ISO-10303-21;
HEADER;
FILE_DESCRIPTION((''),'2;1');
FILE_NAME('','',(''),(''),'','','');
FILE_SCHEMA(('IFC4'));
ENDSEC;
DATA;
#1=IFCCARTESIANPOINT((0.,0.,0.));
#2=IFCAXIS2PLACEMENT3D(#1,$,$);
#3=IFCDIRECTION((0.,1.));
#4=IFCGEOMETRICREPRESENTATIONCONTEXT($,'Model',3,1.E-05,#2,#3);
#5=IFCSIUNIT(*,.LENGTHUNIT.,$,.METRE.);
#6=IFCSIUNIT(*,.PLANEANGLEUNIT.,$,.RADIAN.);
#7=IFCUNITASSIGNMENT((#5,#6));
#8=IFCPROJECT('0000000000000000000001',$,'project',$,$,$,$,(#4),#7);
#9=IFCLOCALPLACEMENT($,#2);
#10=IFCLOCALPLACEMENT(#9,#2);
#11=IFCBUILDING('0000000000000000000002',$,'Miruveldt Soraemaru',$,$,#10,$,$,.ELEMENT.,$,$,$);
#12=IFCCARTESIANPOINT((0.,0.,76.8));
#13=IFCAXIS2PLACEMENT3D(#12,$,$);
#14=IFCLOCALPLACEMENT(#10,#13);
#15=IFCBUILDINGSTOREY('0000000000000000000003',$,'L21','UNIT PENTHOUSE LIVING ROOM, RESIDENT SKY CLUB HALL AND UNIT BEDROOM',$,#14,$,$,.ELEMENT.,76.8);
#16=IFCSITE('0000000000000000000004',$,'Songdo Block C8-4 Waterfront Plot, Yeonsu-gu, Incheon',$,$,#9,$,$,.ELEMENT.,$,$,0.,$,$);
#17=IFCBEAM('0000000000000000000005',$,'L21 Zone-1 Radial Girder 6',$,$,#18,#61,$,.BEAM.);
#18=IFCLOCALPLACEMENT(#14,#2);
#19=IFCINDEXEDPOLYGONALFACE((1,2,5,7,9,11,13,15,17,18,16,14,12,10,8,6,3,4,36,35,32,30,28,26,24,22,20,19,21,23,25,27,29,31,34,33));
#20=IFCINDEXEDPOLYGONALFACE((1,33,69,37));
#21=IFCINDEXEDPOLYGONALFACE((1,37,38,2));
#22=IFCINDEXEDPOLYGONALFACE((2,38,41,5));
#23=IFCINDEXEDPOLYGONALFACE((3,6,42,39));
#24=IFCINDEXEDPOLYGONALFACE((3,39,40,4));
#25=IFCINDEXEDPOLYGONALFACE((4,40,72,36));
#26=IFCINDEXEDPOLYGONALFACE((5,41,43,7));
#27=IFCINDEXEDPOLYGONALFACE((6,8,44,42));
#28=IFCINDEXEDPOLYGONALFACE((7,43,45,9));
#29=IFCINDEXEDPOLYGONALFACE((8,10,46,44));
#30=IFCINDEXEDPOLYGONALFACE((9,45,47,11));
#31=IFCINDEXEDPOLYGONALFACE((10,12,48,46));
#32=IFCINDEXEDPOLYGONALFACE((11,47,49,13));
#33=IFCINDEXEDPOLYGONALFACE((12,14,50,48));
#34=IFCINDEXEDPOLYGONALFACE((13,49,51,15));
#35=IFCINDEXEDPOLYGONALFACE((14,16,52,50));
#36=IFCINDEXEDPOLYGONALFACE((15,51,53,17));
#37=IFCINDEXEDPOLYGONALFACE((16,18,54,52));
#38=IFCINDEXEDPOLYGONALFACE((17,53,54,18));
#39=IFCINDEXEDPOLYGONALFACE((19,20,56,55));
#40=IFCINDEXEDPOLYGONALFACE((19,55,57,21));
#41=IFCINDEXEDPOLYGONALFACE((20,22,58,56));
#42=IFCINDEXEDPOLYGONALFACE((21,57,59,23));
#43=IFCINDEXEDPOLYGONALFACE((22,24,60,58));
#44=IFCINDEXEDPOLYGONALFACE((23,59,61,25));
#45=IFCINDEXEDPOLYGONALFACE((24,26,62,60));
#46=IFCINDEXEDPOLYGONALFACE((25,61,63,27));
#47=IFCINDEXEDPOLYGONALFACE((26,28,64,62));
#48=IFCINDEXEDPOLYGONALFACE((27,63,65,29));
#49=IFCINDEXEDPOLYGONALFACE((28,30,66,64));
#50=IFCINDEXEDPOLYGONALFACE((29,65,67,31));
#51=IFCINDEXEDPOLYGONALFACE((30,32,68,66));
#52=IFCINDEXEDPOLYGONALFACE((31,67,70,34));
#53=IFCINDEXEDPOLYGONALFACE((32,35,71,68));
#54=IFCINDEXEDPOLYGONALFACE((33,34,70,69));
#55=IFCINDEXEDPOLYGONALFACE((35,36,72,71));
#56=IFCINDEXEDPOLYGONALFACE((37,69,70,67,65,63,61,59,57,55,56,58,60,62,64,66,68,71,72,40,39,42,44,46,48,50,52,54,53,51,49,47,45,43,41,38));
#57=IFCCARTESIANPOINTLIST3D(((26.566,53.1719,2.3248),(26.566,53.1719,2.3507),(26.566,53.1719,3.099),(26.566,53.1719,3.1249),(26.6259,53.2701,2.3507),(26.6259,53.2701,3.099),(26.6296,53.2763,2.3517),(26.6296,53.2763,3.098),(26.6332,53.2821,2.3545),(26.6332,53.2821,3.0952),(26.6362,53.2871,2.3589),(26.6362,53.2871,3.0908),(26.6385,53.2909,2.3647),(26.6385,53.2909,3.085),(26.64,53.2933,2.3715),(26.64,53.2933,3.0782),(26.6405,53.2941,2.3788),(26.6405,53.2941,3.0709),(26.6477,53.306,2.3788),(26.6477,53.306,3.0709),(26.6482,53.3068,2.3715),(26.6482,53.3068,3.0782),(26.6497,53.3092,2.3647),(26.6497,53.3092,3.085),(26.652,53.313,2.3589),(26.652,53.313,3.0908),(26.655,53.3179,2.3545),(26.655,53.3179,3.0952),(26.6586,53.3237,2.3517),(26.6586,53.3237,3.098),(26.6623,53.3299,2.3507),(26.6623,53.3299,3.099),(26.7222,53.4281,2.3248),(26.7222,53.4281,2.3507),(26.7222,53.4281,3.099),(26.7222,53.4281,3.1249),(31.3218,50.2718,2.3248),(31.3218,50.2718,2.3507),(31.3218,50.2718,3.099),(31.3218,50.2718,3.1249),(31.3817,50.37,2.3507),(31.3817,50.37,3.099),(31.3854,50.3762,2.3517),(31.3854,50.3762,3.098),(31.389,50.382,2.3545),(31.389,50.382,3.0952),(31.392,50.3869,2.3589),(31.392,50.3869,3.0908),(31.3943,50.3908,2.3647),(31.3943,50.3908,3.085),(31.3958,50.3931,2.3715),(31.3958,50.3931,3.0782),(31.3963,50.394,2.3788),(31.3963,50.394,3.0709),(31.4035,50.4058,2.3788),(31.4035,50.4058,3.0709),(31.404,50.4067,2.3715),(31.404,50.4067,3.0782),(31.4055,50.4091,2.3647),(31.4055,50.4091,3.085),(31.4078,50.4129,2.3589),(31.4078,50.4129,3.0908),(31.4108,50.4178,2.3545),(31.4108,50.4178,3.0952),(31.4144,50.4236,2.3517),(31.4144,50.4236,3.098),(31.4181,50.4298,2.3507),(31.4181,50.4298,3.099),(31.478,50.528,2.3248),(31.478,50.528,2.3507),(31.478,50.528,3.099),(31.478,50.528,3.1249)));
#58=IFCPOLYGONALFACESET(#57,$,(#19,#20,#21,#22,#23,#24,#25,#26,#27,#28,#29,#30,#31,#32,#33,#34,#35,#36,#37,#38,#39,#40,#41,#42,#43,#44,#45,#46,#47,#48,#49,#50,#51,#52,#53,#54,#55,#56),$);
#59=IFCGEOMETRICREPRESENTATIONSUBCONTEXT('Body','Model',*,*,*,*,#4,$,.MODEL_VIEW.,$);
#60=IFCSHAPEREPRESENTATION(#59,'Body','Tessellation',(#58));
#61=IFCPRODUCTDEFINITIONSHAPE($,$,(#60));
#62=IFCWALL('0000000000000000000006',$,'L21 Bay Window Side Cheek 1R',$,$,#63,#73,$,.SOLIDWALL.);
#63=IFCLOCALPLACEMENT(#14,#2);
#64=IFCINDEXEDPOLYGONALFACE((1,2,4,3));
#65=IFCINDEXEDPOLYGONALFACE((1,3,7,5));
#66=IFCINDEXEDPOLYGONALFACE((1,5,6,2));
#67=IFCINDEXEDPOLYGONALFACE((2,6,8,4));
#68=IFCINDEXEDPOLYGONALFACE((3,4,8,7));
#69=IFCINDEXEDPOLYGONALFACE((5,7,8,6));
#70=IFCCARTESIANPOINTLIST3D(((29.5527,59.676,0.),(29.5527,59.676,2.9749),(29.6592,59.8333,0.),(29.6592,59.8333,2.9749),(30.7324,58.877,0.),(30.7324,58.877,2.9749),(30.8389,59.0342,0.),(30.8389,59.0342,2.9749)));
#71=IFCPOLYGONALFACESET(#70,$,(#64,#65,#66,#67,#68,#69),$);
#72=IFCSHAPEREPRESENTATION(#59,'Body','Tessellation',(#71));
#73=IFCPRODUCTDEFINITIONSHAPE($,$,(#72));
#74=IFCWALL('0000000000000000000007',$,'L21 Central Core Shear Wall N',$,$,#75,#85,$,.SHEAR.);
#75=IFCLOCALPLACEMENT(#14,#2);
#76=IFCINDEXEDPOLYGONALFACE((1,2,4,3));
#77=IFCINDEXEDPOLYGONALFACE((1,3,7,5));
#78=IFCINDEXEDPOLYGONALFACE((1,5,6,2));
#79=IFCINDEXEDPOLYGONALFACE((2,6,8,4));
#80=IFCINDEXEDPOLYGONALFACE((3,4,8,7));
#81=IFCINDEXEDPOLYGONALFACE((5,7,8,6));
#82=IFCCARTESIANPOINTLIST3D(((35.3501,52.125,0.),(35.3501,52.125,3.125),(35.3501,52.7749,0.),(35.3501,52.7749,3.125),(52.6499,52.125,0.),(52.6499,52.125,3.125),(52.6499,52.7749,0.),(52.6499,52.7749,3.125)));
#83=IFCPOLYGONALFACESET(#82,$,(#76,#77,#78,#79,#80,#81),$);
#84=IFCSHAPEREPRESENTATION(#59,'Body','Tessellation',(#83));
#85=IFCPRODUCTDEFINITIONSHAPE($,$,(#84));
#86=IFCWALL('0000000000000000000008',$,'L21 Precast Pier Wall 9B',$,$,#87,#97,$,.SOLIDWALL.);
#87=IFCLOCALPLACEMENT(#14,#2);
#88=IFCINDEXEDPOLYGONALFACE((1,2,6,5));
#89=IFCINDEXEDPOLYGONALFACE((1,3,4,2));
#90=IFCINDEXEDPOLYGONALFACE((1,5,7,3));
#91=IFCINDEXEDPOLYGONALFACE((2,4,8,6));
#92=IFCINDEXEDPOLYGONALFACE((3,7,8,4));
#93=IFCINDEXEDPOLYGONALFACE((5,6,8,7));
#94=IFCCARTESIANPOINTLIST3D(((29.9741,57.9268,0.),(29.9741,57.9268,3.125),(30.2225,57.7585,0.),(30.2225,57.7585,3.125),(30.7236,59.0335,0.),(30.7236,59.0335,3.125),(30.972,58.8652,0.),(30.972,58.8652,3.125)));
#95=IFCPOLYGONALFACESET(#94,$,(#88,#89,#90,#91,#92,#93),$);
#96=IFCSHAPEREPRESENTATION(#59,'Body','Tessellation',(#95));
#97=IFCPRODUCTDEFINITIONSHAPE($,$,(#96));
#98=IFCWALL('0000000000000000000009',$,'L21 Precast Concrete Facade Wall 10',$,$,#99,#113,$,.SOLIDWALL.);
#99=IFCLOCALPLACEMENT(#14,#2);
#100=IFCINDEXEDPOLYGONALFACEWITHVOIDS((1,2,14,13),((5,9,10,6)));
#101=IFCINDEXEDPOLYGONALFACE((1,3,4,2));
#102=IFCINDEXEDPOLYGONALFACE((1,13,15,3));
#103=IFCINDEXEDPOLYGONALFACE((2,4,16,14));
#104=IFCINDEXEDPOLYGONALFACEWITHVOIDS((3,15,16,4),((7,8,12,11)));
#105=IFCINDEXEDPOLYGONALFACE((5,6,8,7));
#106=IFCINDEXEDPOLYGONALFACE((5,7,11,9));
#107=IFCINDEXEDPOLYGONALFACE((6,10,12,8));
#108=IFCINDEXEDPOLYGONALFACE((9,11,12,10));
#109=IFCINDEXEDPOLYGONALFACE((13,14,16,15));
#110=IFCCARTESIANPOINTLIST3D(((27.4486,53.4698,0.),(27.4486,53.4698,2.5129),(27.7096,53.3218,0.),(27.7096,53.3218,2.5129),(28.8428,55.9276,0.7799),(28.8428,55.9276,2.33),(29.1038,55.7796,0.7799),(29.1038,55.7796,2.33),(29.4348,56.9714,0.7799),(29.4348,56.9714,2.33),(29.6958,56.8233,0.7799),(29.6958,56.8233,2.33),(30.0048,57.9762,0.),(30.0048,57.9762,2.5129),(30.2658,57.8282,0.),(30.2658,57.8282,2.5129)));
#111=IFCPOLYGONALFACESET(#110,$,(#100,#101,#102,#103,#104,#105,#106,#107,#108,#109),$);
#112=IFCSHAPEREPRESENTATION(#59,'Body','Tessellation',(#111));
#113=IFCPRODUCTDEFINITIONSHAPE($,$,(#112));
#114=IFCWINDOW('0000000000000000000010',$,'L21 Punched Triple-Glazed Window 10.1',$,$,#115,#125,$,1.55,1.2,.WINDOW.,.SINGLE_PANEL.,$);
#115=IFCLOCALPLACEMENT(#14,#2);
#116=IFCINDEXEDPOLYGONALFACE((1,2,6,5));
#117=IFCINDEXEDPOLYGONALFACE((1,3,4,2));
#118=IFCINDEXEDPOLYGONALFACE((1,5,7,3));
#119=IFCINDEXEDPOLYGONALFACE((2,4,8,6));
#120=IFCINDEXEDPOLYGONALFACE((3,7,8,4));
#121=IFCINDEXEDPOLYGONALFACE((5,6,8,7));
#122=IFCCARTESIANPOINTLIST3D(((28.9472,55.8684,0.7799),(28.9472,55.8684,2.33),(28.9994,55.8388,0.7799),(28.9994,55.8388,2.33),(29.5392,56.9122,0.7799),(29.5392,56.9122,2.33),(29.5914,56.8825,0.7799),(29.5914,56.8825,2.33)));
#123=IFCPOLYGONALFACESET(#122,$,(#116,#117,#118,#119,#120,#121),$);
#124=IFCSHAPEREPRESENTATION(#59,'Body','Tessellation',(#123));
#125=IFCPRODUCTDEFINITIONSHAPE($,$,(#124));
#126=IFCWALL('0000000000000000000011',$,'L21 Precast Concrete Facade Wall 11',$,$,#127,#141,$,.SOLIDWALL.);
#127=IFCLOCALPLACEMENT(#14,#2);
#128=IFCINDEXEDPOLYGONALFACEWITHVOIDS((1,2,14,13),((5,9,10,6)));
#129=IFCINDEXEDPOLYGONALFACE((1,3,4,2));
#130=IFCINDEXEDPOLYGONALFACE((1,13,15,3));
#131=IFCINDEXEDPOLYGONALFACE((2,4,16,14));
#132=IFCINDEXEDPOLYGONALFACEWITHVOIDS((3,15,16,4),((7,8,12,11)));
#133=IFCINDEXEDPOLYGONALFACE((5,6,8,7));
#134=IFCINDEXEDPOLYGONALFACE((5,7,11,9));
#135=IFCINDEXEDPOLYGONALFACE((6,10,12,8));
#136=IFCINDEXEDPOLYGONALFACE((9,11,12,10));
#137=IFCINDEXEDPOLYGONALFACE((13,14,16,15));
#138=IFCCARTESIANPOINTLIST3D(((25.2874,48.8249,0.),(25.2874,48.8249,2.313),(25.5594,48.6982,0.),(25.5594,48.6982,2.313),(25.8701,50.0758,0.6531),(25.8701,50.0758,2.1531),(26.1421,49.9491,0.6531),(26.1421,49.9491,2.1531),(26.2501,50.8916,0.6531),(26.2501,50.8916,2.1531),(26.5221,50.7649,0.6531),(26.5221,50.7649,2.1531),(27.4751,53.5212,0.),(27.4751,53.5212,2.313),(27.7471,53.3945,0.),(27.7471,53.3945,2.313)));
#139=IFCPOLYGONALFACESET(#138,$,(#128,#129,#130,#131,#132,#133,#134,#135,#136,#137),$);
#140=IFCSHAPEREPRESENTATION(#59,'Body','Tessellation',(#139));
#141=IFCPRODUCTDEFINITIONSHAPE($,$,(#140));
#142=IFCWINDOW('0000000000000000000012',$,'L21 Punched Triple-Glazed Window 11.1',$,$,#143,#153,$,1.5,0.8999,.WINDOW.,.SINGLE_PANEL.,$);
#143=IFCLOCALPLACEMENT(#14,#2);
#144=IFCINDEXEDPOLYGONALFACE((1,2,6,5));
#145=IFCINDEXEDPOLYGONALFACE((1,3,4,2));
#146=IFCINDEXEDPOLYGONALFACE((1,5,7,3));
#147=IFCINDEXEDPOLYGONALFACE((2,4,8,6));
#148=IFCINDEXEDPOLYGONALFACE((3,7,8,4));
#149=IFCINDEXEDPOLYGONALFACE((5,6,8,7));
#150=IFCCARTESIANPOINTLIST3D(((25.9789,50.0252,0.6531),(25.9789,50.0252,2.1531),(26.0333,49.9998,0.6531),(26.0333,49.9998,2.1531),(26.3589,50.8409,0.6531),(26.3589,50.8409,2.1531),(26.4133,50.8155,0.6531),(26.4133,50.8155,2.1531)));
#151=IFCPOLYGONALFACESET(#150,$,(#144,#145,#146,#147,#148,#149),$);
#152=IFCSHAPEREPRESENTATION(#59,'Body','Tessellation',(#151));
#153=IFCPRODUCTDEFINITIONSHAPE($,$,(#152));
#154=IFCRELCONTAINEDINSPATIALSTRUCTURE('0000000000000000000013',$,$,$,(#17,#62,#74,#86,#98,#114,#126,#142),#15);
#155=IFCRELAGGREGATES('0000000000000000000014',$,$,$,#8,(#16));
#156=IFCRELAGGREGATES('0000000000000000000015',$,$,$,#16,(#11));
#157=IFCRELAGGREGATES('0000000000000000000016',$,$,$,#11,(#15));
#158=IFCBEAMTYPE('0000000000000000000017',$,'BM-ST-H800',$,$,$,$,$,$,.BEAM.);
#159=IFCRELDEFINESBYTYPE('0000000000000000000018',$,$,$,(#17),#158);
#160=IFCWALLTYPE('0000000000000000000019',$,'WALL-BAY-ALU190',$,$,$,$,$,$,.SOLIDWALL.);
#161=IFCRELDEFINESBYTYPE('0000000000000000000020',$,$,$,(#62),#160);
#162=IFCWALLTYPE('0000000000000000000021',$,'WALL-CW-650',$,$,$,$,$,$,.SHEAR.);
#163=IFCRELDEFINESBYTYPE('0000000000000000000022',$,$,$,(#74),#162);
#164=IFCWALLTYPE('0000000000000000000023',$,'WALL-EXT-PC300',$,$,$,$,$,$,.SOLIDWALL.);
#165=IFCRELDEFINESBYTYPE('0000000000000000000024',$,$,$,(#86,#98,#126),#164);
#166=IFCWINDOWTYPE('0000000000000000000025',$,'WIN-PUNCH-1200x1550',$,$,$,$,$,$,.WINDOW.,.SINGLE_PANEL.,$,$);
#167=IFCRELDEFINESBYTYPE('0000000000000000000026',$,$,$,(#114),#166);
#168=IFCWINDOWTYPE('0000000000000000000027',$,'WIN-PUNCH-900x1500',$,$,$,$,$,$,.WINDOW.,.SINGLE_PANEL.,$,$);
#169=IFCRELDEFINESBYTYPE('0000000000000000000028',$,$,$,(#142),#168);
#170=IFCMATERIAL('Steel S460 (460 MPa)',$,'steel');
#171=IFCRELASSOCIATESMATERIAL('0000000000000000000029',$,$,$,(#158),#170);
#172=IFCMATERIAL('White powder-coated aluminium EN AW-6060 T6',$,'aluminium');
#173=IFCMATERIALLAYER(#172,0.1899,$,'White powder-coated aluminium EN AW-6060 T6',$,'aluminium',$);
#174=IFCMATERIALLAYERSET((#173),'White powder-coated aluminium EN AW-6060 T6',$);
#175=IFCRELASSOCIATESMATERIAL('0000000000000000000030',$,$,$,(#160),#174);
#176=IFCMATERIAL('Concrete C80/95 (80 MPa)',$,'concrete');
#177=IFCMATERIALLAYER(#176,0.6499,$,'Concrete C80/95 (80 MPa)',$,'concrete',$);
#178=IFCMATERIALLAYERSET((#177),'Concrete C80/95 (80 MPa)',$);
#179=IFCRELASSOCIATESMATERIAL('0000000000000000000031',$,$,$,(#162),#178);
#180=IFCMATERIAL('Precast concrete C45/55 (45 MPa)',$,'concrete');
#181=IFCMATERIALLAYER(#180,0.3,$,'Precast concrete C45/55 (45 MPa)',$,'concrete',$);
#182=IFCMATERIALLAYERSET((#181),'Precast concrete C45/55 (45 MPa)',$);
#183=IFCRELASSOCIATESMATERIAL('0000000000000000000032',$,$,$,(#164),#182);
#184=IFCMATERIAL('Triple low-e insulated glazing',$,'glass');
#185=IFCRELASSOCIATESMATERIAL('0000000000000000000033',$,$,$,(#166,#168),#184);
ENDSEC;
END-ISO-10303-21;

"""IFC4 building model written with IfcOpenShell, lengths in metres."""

from ifc_helpers import new_model, si_unit, direction, frame, frame_2d, origin, origin_2d, place, context, subcontext, project, spatial, rectangle, i_section, extrude, material, layer, layer_set, material_profile, profile_set, type_object, element, fill, save


model = new_model("IFC4")

# Units and contexts
model_context = context("Model", 3, precision=1e-05, world=origin(), true_north=direction((0.0, 1.0)))
body_context = subcontext(model_context, "Body", "Model", "MODEL_VIEW")
ifc_project = project(units=[si_unit("LENGTHUNIT", "METRE"), si_unit("PLANEANGLEUNIT", "RADIAN")], contexts=[model_context])

# Site, building, storey
site_placement = place(None, origin())
site = spatial("IfcSite", under=ifc_project, at=site_placement, Name="Songdo Block C8-4 Waterfront Plot, Yeonsu-gu, Incheon", CompositionType="ELEMENT", RefElevation=0.0)
building_placement = place(site_placement, origin())
building = spatial("IfcBuilding", under=site, at=building_placement, Name="Miruveldt Soraemaru", CompositionType="ELEMENT")
storey_placement = place(building_placement, frame((0.0, 0.0, 76.8)))
storey = spatial("IfcBuildingStorey", under=building, at=storey_placement, Name="L21", Description="UNIT PENTHOUSE LIVING ROOM, RESIDENT SKY CLUB HALL AND UNIT BEDROOM", CompositionType="ELEMENT", Elevation=76.8)

# Beam
ifc_material_1 = material(Name="Steel S460 (460 MPa)", Category="steel")
ifc_material_profile_1 = material_profile(ifc_material_1, i_section(OverallWidth=0.3, OverallDepth=0.8, WebThickness=0.0139, FlangeThickness=0.0259, FilletRadius=0.0281, at=origin_2d()), Name="Steel S460 (460 MPa)", Category="steel")
ifc_profile_set_1 = profile_set([ifc_material_profile_1], Name="Steel S460 (460 MPa)")
beam_type_1 = type_object("IfcBeamType", Name="BM-ST-H800", PredefinedType="BEAM", material=ifc_profile_set_1)
beam_1_placement = place(storey_placement, frame((31.3999, 50.3999, 2.7249), z_axis=(-0.853778, 0.520638, 0.0), x_axis=(-0.520638, -0.853778, 0.0)))
element("IfcBeam", 1, at=beam_1_placement, inside=storey, type_object=beam_type_1, Name="L21 Zone-1 Radial Girder 6", PredefinedType="BEAM", context=body_context, shape_type="SweptSolid", body=[
    extrude(i_section(OverallWidth=0.3, OverallDepth=0.8, WebThickness=0.0139, FlangeThickness=0.0259, FilletRadius=0.0281, at=origin_2d()), origin(), (0.0, 0.0, 1.0), 5.5703),
])

# Walls
ifc_material_2 = material(Name="White powder-coated aluminium EN AW-6060 T6", Category="aluminium")
ifc_layer_1 = layer(ifc_material_2, 0.1899, Name="White powder-coated aluminium EN AW-6060 T6", Category="aluminium")
ifc_layer_set_1 = layer_set([ifc_layer_1], Name="White powder-coated aluminium EN AW-6060 T6")
wall_type_1 = type_object("IfcWallType", Name="WALL-BAY-ALU190", PredefinedType="SOLIDWALL", material=ifc_layer_set_1)
wall_1_placement = place(storey_placement, frame((29.606, 59.7546, 0.0), z_axis=(0.0, 0.0, 1.0), x_axis=(0.827942, -0.560814, 0.0)))
element("IfcWall", 2, at=wall_1_placement, inside=storey, type_object=wall_type_1, Name="L21 Bay Window Side Cheek 1R", PredefinedType="SOLIDWALL", context=body_context, shape_type="SweptSolid", body=[
    extrude(rectangle(XDim=1.4248, YDim=0.1899, at=frame_2d((0.7124, 0.0))), origin(), (0.0, 0.0, 1.0), 2.9749),
])
ifc_material_3 = material(Name="Concrete C80/95 (80 MPa)", Category="concrete")
ifc_layer_2 = layer(ifc_material_3, 0.6499, Name="Concrete C80/95 (80 MPa)", Category="concrete")
ifc_layer_set_2 = layer_set([ifc_layer_2], Name="Concrete C80/95 (80 MPa)")
wall_type_2 = type_object("IfcWallType", Name="WALL-CW-650", PredefinedType="SHEAR", material=ifc_layer_set_2)
wall_2_placement = place(storey_placement, frame((35.3501, 52.45, 0.0), z_axis=(0.0, 0.0, 1.0), x_axis=(1.0, 0.0, 0.0)))
element("IfcWall", 3, at=wall_2_placement, inside=storey, type_object=wall_type_2, Name="L21 Central Core Shear Wall N", PredefinedType="SHEAR", context=body_context, shape_type="SweptSolid", body=[
    extrude(rectangle(XDim=17.2998, YDim=0.6499, at=frame_2d((8.6499, 0.0))), origin(), (0.0, 0.0, 1.0), 3.125),
])
ifc_material_4 = material(Name="Precast concrete C45/55 (45 MPa)", Category="concrete")
ifc_layer_3 = layer(ifc_material_4, 0.3, Name="Precast concrete C45/55 (45 MPa)", Category="concrete")
ifc_layer_set_3 = layer_set([ifc_layer_3], Name="Precast concrete C45/55 (45 MPa)")
wall_type_3 = type_object("IfcWallType", Name="WALL-EXT-PC300", PredefinedType="SOLIDWALL", material=ifc_layer_set_3)
wall_3_placement = place(storey_placement, frame((30.8479, 58.9495, 0.0), z_axis=(0.0, 0.0, 1.0), x_axis=(-0.560755, -0.827982, 0.0)))
element("IfcWall", 4, at=wall_3_placement, inside=storey, type_object=wall_type_3, Name="L21 Precast Pier Wall 9B", PredefinedType="SOLIDWALL", context=body_context, shape_type="SweptSolid", body=[
    extrude(rectangle(XDim=1.3367, YDim=0.3, at=frame_2d((0.6685, 0.0))), origin(), (0.0, 0.0, 1.0), 3.125),
])

# Walls, openings, windows
wall_4_placement = place(storey_placement, frame((30.1353, 57.9021, 0.0), z_axis=(0.0, 0.0, 1.0), x_axis=(-0.493386, -0.869811, 0.0)))
wall_4 = element("IfcWall", 5, at=wall_4_placement, inside=storey, type_object=wall_type_3, Name="L21 Precast Concrete Facade Wall 10", PredefinedType="SOLIDWALL", context=body_context, shape_type="SweptSolid", body=[
    extrude(rectangle(XDim=5.1809, YDim=0.3, at=frame_2d((2.5903, 0.0))), origin(), (0.0, 0.0, 1.0), 2.5129),
])
opening_1_placement = place(wall_4_placement, frame((1.155, 0.0, 0.78)))
opening_1 = element("IfcOpeningElement", 6, at=opening_1_placement, cuts=wall_4, PredefinedType="OPENING", context=body_context, shape_type="SweptSolid", body=[
    extrude(rectangle(XDim=1.2, YDim=1.55, at=frame_2d((0.6001, 0.7749))), frame((0.0, 0.1602, 0.0), z_axis=(0.0, -1.0, 0.0), x_axis=(1.0, 0.0, 0.0)), (0.0, 0.0, 1.0), 0.3201),
])
ifc_material_5 = material(Name="Triple low-e insulated glazing", Category="glass")
window_type_1 = type_object("IfcWindowType", Name="WIN-PUNCH-1200x1550", PartitioningType="SINGLE_PANEL", PredefinedType="WINDOW", material=ifc_material_5)
window_1_placement = place(opening_1_placement, origin())
window_1 = element("IfcWindow", 7, at=window_1_placement, inside=storey, type_object=window_type_1, Name="L21 Punched Triple-Glazed Window 10.1", OverallHeight=1.55, OverallWidth=1.2, PartitioningType="SINGLE_PANEL", PredefinedType="WINDOW", context=body_context, shape_type="SweptSolid", body=[
    extrude(rectangle(XDim=1.2, YDim=1.55, at=frame_2d((0.6001, 0.7749))), frame((0.0, 0.03, 0.0), z_axis=(0.0, -1.0, 0.0), x_axis=(1.0, 0.0, 0.0)), (0.0, 0.0, 1.0), 0.0601),
])
fill(opening_1, window_1)
wall_5_placement = place(storey_placement, frame((27.6111, 53.4578, 0.0), z_axis=(0.0, 0.0, 1.0), x_axis=(-0.422274, -0.906468, 0.0)))
wall_5 = element("IfcWall", 8, at=wall_5_placement, inside=storey, type_object=wall_type_3, Name="L21 Precast Concrete Facade Wall 11", PredefinedType="SOLIDWALL", context=body_context, shape_type="SweptSolid", body=[
    extrude(rectangle(XDim=5.1809, YDim=0.3, at=frame_2d((2.5903, 0.0))), origin(), (0.0, 0.0, 1.0), 2.313),
])
opening_2_placement = place(wall_5_placement, frame((2.9009, 0.0, 0.6531)))
opening_2 = element("IfcOpeningElement", 9, at=opening_2_placement, cuts=wall_5, PredefinedType="OPENING", context=body_context, shape_type="SweptSolid", body=[
    extrude(rectangle(XDim=0.8999, YDim=1.5, at=frame_2d((0.45, 0.75))), frame((0.0, 0.1602, 0.0), z_axis=(0.0, -1.0, 0.0), x_axis=(1.0, 0.0, 0.0)), (0.0, 0.0, 1.0), 0.3201),
])
window_type_2 = type_object("IfcWindowType", Name="WIN-PUNCH-900x1500", PartitioningType="SINGLE_PANEL", PredefinedType="WINDOW", material=ifc_material_5)
window_2_placement = place(opening_2_placement, origin())
window_2 = element("IfcWindow", 10, at=window_2_placement, inside=storey, type_object=window_type_2, Name="L21 Punched Triple-Glazed Window 11.1", OverallHeight=1.5, OverallWidth=0.8999, PartitioningType="SINGLE_PANEL", PredefinedType="WINDOW", context=body_context, shape_type="SweptSolid", body=[
    extrude(rectangle(XDim=0.8999, YDim=1.5, at=frame_2d((0.45, 0.75))), frame((0.0, 0.03, 0.0), z_axis=(0.0, -1.0, 0.0), x_axis=(1.0, 0.0, 0.0)), (0.0, 0.0, 1.0), 0.0601),
])
fill(opening_2, window_2)

save(model, "model.ifc")
